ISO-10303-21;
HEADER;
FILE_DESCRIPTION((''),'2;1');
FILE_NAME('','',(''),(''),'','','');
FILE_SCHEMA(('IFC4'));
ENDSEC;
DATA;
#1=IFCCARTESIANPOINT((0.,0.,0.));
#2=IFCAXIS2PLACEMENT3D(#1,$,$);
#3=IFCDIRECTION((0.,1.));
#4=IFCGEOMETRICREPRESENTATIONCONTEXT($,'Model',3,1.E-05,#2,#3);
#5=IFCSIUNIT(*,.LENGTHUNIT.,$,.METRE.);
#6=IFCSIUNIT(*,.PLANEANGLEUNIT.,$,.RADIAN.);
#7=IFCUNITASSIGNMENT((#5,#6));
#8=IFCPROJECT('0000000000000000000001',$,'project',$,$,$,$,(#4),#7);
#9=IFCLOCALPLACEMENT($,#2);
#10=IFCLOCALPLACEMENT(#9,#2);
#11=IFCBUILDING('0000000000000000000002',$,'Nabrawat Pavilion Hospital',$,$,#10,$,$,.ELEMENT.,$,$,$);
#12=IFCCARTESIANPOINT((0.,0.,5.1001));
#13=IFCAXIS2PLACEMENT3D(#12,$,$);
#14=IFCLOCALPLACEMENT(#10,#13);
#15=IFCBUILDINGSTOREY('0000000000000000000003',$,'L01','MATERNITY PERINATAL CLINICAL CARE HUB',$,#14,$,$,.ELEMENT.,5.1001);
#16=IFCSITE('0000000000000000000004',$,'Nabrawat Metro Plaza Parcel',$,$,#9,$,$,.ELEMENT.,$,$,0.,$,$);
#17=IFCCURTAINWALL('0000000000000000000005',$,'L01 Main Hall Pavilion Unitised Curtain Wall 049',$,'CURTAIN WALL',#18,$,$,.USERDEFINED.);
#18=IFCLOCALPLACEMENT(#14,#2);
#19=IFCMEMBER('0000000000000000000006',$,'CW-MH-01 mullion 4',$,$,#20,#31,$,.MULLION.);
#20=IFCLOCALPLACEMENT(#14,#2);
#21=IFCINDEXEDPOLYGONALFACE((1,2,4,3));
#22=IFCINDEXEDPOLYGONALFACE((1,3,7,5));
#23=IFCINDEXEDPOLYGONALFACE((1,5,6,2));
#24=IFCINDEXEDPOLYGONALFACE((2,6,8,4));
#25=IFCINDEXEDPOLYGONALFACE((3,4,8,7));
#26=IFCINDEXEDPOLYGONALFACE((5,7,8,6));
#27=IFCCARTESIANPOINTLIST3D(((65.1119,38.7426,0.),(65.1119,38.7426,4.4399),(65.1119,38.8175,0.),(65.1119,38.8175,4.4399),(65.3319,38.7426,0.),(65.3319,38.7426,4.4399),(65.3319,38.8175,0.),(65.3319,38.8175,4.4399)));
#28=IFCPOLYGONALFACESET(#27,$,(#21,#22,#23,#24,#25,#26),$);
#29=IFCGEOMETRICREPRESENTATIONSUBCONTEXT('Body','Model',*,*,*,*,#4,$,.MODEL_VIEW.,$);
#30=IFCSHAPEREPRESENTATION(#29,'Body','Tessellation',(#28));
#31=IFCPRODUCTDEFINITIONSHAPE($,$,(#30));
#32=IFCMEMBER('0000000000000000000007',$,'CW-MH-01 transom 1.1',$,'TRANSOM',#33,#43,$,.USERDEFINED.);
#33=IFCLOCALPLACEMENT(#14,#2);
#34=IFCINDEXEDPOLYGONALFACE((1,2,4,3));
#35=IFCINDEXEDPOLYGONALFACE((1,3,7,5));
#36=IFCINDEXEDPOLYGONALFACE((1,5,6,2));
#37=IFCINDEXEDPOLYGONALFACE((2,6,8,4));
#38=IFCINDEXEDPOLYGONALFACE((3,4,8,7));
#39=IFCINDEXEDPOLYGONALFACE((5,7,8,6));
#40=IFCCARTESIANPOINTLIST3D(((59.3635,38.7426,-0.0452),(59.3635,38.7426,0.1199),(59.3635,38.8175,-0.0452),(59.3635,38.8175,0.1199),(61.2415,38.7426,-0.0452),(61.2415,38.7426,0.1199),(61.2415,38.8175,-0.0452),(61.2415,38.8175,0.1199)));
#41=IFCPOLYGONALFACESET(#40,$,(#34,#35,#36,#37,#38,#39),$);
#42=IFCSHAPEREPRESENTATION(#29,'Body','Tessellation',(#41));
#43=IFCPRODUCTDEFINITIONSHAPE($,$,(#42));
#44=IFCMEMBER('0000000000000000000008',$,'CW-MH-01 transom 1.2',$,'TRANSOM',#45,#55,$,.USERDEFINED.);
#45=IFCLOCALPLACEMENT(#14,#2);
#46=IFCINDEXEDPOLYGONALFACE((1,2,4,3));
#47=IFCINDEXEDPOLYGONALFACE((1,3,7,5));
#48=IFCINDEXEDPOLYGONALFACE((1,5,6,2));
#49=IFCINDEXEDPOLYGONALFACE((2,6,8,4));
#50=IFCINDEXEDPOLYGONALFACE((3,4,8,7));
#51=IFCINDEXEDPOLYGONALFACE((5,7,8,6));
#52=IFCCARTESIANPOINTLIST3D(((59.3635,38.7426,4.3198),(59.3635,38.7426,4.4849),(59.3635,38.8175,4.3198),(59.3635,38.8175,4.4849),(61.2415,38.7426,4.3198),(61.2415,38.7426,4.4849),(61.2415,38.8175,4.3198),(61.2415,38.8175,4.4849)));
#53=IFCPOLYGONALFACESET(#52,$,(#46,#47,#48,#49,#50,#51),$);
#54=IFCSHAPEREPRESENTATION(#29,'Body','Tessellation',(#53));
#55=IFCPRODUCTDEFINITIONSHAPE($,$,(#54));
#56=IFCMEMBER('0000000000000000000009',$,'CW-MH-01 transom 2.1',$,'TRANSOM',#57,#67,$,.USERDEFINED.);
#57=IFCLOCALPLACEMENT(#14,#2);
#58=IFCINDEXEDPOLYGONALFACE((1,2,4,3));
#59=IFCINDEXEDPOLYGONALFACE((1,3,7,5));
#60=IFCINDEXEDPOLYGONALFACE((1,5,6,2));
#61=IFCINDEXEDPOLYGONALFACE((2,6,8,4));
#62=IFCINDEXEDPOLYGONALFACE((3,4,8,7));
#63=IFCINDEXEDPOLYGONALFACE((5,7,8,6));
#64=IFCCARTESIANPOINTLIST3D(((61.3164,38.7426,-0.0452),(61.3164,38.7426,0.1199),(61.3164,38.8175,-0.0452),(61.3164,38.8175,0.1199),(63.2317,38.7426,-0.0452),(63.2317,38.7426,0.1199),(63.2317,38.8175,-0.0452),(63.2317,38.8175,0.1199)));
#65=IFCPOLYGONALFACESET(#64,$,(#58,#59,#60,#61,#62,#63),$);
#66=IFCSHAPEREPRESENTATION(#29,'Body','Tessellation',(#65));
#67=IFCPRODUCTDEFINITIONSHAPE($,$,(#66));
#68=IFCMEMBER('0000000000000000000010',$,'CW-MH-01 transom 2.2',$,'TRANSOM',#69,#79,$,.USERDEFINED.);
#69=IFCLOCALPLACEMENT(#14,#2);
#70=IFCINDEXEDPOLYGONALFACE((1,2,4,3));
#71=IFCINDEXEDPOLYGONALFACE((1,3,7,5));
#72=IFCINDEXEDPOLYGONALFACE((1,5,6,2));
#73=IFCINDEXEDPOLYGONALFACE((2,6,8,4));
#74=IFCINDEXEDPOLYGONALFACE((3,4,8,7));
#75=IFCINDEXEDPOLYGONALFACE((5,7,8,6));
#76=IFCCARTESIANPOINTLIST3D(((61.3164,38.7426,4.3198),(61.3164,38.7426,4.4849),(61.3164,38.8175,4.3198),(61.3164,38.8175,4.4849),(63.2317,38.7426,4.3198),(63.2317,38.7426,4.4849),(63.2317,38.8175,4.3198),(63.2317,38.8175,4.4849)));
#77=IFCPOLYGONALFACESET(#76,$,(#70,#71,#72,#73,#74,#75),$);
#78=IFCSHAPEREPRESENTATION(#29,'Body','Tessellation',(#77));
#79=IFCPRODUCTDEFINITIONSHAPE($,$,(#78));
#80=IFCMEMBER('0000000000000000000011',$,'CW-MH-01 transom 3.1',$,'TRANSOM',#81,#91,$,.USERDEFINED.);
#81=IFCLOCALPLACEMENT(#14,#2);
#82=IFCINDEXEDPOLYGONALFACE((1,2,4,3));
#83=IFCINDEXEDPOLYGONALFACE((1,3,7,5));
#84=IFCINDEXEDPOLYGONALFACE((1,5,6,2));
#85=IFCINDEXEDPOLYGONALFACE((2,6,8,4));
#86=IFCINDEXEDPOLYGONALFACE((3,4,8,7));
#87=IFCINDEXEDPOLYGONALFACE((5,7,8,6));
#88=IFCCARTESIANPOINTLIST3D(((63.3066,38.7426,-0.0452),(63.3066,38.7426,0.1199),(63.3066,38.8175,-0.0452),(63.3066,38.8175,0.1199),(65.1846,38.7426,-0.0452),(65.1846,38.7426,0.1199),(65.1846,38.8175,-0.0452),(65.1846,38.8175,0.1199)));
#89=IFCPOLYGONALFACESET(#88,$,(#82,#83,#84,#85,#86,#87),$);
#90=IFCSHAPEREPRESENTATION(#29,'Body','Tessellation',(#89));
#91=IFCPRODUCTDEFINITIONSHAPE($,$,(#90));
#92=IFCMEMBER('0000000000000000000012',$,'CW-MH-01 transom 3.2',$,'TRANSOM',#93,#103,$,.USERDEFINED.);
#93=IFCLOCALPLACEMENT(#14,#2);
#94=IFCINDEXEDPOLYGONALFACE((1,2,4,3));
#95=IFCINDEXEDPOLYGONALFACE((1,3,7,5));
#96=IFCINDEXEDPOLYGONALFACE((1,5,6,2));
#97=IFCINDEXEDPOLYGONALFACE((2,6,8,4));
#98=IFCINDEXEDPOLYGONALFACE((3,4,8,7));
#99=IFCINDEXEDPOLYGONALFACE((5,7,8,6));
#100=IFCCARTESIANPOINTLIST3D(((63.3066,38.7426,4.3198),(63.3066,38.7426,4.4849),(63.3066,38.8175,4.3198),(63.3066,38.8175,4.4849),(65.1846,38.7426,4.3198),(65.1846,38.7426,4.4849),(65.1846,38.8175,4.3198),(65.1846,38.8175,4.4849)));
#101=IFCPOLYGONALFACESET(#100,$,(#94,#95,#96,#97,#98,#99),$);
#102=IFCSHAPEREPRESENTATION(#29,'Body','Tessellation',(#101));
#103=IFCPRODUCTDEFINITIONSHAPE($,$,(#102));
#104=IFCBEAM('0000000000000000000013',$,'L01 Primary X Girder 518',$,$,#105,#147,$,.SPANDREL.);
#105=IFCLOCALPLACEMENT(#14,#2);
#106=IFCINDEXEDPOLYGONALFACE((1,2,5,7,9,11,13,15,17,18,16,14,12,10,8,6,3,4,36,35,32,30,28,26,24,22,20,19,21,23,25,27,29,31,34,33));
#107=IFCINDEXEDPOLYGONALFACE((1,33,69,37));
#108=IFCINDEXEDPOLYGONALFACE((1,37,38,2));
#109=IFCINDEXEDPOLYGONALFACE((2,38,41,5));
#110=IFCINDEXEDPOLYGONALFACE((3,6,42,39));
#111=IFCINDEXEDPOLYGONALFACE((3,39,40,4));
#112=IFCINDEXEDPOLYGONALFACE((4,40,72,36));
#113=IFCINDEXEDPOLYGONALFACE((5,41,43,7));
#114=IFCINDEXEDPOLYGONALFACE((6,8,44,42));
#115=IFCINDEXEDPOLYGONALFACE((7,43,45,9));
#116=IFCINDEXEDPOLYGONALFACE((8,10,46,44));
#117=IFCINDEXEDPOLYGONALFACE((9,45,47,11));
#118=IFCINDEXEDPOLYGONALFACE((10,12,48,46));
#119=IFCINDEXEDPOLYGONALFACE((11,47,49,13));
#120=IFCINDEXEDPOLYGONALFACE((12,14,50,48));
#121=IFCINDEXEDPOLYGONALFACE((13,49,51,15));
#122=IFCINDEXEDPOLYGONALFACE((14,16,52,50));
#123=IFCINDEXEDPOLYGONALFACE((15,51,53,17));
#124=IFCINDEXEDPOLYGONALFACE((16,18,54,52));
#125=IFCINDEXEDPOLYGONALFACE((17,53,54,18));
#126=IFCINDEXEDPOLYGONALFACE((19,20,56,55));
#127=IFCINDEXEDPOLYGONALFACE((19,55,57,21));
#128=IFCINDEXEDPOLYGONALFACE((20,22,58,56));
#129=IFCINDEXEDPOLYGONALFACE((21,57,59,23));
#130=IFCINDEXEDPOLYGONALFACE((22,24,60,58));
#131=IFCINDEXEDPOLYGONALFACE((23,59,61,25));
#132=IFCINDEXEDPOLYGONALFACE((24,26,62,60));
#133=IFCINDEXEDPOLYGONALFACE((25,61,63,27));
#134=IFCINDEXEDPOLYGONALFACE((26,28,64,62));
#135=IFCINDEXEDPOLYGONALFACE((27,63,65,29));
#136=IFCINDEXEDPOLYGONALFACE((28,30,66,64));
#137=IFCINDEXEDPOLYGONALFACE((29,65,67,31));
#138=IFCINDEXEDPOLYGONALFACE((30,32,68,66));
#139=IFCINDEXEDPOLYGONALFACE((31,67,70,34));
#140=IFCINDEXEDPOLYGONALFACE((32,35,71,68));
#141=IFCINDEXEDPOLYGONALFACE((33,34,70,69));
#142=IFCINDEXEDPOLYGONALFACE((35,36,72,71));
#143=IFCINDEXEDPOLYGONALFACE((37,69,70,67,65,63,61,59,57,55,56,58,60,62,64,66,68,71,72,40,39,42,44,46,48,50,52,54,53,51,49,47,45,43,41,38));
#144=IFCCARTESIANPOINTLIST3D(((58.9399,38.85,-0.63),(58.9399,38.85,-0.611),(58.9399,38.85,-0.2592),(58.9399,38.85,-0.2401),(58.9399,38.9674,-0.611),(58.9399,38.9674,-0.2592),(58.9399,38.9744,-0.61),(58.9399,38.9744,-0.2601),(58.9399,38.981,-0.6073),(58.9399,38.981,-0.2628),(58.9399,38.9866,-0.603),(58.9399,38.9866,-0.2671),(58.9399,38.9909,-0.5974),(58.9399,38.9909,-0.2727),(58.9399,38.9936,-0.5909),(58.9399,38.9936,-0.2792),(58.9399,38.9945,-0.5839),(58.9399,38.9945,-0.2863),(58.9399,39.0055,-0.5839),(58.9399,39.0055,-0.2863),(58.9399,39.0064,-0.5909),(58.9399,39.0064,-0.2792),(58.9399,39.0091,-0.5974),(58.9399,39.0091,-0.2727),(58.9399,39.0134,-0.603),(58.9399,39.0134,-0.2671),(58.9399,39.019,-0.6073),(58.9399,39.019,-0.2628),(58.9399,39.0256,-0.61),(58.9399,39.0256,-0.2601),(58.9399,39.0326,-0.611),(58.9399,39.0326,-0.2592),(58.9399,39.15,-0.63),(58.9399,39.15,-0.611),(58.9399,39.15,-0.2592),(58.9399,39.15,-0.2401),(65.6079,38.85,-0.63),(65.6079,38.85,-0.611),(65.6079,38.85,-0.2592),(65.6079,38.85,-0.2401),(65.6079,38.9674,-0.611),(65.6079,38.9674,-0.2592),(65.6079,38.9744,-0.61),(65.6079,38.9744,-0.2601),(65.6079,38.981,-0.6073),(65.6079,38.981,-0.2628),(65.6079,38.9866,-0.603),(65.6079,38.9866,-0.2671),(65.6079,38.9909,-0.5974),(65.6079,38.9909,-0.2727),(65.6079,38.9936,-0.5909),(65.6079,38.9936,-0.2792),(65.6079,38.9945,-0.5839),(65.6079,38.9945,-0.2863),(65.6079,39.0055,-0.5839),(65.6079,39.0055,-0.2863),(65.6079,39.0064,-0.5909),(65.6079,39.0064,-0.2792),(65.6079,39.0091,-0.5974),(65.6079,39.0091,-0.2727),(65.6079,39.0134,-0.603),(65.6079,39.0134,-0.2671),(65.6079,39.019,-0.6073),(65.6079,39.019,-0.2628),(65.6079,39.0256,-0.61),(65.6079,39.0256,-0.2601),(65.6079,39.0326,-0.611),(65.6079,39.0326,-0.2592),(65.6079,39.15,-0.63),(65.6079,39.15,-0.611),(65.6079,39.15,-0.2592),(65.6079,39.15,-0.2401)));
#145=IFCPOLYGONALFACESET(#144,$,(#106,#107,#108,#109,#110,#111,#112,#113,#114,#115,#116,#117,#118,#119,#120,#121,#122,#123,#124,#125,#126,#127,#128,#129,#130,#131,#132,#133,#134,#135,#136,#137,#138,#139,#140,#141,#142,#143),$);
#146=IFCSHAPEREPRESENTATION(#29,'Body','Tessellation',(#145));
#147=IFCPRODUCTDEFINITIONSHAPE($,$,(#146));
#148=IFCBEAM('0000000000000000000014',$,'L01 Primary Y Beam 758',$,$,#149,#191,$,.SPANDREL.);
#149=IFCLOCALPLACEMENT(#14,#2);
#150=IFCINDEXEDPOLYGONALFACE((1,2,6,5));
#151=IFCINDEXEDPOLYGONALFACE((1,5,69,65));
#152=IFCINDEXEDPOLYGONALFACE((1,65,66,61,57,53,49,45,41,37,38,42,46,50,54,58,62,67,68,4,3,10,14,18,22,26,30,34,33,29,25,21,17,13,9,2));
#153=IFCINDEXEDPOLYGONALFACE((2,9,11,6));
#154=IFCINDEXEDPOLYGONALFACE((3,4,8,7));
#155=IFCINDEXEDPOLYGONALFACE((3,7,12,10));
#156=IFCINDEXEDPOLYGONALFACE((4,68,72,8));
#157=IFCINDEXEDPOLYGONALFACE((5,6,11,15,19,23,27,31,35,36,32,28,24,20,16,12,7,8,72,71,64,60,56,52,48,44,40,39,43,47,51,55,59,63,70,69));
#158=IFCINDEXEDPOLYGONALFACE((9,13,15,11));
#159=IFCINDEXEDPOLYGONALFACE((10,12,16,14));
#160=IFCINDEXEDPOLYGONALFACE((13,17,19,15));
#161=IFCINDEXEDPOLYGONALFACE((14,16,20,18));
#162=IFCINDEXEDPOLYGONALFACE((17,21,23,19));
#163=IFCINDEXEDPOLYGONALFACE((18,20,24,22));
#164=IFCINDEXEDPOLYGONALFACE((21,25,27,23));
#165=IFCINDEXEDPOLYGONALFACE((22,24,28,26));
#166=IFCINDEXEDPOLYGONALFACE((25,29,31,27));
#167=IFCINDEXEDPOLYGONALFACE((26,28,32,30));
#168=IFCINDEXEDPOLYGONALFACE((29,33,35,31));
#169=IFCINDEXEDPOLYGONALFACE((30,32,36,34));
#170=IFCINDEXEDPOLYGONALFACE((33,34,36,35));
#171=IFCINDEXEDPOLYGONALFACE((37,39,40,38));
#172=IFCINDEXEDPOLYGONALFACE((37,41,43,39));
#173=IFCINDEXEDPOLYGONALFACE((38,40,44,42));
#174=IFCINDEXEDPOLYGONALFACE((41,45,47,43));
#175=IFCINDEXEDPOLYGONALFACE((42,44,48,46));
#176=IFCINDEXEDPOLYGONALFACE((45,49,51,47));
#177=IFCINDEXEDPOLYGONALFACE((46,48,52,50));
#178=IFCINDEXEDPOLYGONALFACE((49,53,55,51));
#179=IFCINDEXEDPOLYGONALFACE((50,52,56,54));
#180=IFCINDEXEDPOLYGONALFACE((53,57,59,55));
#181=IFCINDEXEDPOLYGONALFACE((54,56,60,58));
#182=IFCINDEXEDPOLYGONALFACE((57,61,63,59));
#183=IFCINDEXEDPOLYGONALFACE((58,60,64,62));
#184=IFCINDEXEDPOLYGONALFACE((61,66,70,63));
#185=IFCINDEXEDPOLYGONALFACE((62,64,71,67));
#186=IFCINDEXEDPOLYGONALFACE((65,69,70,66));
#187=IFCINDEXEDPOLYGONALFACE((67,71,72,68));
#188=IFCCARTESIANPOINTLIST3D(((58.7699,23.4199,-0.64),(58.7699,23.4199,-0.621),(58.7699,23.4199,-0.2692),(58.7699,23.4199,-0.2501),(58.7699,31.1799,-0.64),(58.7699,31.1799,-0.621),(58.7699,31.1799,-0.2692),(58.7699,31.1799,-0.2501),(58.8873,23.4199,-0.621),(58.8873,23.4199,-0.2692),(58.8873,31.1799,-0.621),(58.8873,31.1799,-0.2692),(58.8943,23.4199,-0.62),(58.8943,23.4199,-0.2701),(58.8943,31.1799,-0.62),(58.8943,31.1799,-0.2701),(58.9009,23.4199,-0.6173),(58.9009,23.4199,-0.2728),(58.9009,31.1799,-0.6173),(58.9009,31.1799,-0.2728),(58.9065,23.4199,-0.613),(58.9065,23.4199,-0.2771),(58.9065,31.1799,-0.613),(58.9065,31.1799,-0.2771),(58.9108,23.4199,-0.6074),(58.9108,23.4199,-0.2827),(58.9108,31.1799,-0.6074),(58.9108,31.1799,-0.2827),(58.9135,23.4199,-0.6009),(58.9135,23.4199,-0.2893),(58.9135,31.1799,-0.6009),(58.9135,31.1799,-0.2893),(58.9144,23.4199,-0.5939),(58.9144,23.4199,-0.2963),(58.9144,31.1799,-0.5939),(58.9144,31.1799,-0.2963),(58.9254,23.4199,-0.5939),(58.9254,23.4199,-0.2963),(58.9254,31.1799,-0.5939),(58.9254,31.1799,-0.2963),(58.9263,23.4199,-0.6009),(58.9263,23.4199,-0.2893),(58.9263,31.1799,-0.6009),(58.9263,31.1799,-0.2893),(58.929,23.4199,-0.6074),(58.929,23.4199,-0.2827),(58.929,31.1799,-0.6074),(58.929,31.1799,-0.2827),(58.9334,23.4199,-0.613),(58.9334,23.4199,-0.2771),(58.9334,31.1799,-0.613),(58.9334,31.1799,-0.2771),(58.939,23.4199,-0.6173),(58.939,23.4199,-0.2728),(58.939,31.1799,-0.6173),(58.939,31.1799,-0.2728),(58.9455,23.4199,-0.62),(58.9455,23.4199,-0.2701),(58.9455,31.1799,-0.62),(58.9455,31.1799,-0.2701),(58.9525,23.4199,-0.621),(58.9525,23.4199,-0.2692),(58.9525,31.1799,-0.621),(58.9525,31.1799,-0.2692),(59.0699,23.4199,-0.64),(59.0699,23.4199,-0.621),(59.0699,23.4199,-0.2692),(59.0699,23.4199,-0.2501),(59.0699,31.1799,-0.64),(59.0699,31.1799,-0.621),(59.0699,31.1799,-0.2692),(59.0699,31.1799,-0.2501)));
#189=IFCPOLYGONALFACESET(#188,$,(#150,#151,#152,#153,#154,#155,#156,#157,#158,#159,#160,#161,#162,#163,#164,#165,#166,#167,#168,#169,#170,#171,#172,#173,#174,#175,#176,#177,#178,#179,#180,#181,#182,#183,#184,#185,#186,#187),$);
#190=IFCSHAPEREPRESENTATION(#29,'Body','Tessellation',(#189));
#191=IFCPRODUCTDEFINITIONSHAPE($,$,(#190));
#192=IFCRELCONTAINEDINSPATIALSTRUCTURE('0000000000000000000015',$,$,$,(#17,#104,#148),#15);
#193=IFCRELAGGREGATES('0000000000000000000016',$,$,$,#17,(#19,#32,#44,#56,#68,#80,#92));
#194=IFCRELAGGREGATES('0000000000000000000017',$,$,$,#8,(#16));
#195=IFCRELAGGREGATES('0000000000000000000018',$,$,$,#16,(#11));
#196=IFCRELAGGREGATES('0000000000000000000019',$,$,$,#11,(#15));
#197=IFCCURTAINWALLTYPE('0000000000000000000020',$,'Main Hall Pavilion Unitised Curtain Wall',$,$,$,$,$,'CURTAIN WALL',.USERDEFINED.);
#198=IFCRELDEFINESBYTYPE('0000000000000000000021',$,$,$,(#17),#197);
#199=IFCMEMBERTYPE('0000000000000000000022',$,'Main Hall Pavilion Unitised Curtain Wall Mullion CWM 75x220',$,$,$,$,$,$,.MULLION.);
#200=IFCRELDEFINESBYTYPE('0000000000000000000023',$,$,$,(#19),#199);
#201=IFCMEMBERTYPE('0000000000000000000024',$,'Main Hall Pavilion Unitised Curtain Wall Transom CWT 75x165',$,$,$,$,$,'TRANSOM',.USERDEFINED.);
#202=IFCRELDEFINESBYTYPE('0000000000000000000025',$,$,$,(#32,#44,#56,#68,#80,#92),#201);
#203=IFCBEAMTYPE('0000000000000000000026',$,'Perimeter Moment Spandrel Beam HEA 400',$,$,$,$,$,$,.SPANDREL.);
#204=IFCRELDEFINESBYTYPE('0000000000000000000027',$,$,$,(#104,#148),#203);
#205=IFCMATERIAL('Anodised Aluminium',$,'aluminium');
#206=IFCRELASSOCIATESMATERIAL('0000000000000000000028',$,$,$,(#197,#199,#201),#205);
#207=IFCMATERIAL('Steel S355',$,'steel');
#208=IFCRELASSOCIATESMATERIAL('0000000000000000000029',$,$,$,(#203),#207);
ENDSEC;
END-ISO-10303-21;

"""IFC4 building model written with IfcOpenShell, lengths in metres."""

from ifc_helpers import new_model, si_unit, direction, frame, origin, origin_2d, place, context, subcontext, project, spatial, rectangle, i_section, extrude, material, material_profile, profile_set, type_object, element, aggregate, save


model = new_model("IFC4")

# Units and contexts
model_context = context("Model", 3, precision=1e-05, world=origin(), true_north=direction((0.0, 1.0)))
body_context = subcontext(model_context, "Body", "Model", "MODEL_VIEW")
ifc_project = project(units=[si_unit("LENGTHUNIT", "METRE"), si_unit("PLANEANGLEUNIT", "RADIAN")], contexts=[model_context])

# Site, building, storey
site_placement = place(None, origin())
site = spatial("IfcSite", under=ifc_project, at=site_placement, Name="Nabrawat Metro Plaza Parcel", CompositionType="ELEMENT", RefElevation=0.0)
building_placement = place(site_placement, origin())
building = spatial("IfcBuilding", under=site, at=building_placement, Name="Nabrawat Pavilion Hospital", CompositionType="ELEMENT")
storey_placement = place(building_placement, frame((0.0, 0.0, 5.1001)))
storey = spatial("IfcBuildingStorey", under=building, at=storey_placement, Name="L01", Description="MATERNITY PERINATAL CLINICAL CARE HUB", CompositionType="ELEMENT", Elevation=5.1001)

# Shared definitions
ifc_material_1 = material(Name="Steel S355", Category="steel")

# Curtain wall, members
ifc_material_2 = material(Name="Anodised Aluminium", Category="aluminium")
curtain_wall_type_1 = type_object("IfcCurtainWallType", Name="Main Hall Pavilion Unitised Curtain Wall", ElementType="CURTAIN WALL", PredefinedType="USERDEFINED", material=ifc_material_2)
curtain_wall_1_placement = place(storey_placement, origin())
curtain_wall_1 = element("IfcCurtainWall", 1, at=curtain_wall_1_placement, inside=storey, type_object=curtain_wall_type_1, Name="L01 Main Hall Pavilion Unitised Curtain Wall 049", ObjectType="CURTAIN WALL", PredefinedType="USERDEFINED")
ifc_material_profile_1 = material_profile(ifc_material_2, rectangle(XDim=0.075, YDim=0.22, at=origin_2d()), Name="CWM 75x220")
ifc_profile_set_1 = profile_set([ifc_material_profile_1], Name="Anodised Aluminium")
member_type_1 = type_object("IfcMemberType", Name="Main Hall Pavilion Unitised Curtain Wall Mullion CWM 75x220", PredefinedType="MULLION", material=ifc_profile_set_1)
member_1_placement = place(storey_placement, frame((65.2219, 38.78, 0.0), z_axis=(0.0, 0.0, 1.0), x_axis=(0.0, 1.0, 0.0)))
member_1 = element("IfcMember", 2, at=member_1_placement, type_object=member_type_1, Name="CW-MH-01 mullion 4", PredefinedType="MULLION", context=body_context, shape_type="SweptSolid", body=[
    extrude(rectangle(XDim=0.075, YDim=0.22, at=origin_2d()), origin(), (0.0, 0.0, 1.0), 4.4399),
])
ifc_material_profile_2 = material_profile(ifc_material_2, rectangle(XDim=0.075, YDim=0.165, at=origin_2d()), Name="CWT 75x165")
ifc_profile_set_2 = profile_set([ifc_material_profile_2], Name="Anodised Aluminium")
member_type_2 = type_object("IfcMemberType", Name="Main Hall Pavilion Unitised Curtain Wall Transom CWT 75x165", ElementType="TRANSOM", PredefinedType="USERDEFINED", material=ifc_profile_set_2)
member_2_placement = place(storey_placement, frame((59.3635, 38.78, 0.0374), z_axis=(1.0, 0.0, 0.0), x_axis=(0.0, 1.0, 0.0)))
member_2 = element("IfcMember", 3, at=member_2_placement, type_object=member_type_2, Name="CW-MH-01 transom 1.1", ObjectType="TRANSOM", PredefinedType="USERDEFINED", context=body_context, shape_type="SweptSolid", body=[
    extrude(rectangle(XDim=0.075, YDim=0.165, at=origin_2d()), origin(), (0.0, 0.0, 1.0), 1.8779),
])
member_3_placement = place(storey_placement, frame((59.3635, 38.78, 4.4023), z_axis=(1.0, 0.0, 0.0), x_axis=(0.0, 1.0, 0.0)))
member_3 = element("IfcMember", 4, at=member_3_placement, type_object=member_type_2, Name="CW-MH-01 transom 1.2", ObjectType="TRANSOM", PredefinedType="USERDEFINED", context=body_context, shape_type="SweptSolid", body=[
    extrude(rectangle(XDim=0.075, YDim=0.165, at=origin_2d()), origin(), (0.0, 0.0, 1.0), 1.8779),
])
member_4_placement = place(storey_placement, frame((61.3164, 38.78, 0.0374), z_axis=(1.0, 0.0, 0.0), x_axis=(0.0, 1.0, 0.0)))
member_4 = element("IfcMember", 5, at=member_4_placement, type_object=member_type_2, Name="CW-MH-01 transom 2.1", ObjectType="TRANSOM", PredefinedType="USERDEFINED", context=body_context, shape_type="SweptSolid", body=[
    extrude(rectangle(XDim=0.075, YDim=0.165, at=origin_2d()), origin(), (0.0, 0.0, 1.0), 1.9153),
])
member_5_placement = place(storey_placement, frame((61.3164, 38.78, 4.4023), z_axis=(1.0, 0.0, 0.0), x_axis=(0.0, 1.0, 0.0)))
member_5 = element("IfcMember", 6, at=member_5_placement, type_object=member_type_2, Name="CW-MH-01 transom 2.2", ObjectType="TRANSOM", PredefinedType="USERDEFINED", context=body_context, shape_type="SweptSolid", body=[
    extrude(rectangle(XDim=0.075, YDim=0.165, at=origin_2d()), origin(), (0.0, 0.0, 1.0), 1.9153),
])
member_6_placement = place(storey_placement, frame((63.3066, 38.78, 0.0374), z_axis=(1.0, 0.0, 0.0), x_axis=(0.0, 1.0, 0.0)))
member_6 = element("IfcMember", 7, at=member_6_placement, type_object=member_type_2, Name="CW-MH-01 transom 3.1", ObjectType="TRANSOM", PredefinedType="USERDEFINED", context=body_context, shape_type="SweptSolid", body=[
    extrude(rectangle(XDim=0.075, YDim=0.165, at=origin_2d()), origin(), (0.0, 0.0, 1.0), 1.8779),
])
member_7_placement = place(storey_placement, frame((63.3066, 38.78, 4.4023), z_axis=(1.0, 0.0, 0.0), x_axis=(0.0, 1.0, 0.0)))
member_7 = element("IfcMember", 8, at=member_7_placement, type_object=member_type_2, Name="CW-MH-01 transom 3.2", ObjectType="TRANSOM", PredefinedType="USERDEFINED", context=body_context, shape_type="SweptSolid", body=[
    extrude(rectangle(XDim=0.075, YDim=0.165, at=origin_2d()), origin(), (0.0, 0.0, 1.0), 1.8779),
])

# Beams
ifc_material_profile_3 = material_profile(ifc_material_1, i_section(OverallWidth=0.3, OverallDepth=0.3899, WebThickness=0.011, FlangeThickness=0.019, FilletRadius=0.0271, at=origin_2d()), Name="HEA 400")
ifc_profile_set_3 = profile_set([ifc_material_profile_3], Name="Steel S355")
beam_type_1 = type_object("IfcBeamType", Name="Perimeter Moment Spandrel Beam HEA 400", PredefinedType="SPANDREL", material=ifc_profile_set_3)
beam_1_placement = place(storey_placement, frame((58.9399, 39.0, -0.4351), z_axis=(1.0, 0.0, 0.0), x_axis=(0.0, 1.0, 0.0)))
element("IfcBeam", 9, at=beam_1_placement, inside=storey, type_object=beam_type_1, Name="L01 Primary X Girder 518", PredefinedType="SPANDREL", context=body_context, shape_type="SweptSolid", body=[
    extrude(i_section(OverallWidth=0.3, OverallDepth=0.3899, WebThickness=0.011, FlangeThickness=0.019, FilletRadius=0.0271, at=origin_2d()), origin(), (0.0, 0.0, 1.0), 6.668),
])
for number, where, z_axis, x_axis, name in (
    (10, (58.9199, 23.4199, -0.4451), (0.0, 1.0, 0.0), (-1.0, 0.0, 0.0), "L01 Primary Y Beam 758"),
):
    element("IfcBeam", number, at=place(storey_placement, frame(where, z_axis=z_axis, x_axis=x_axis)), inside=storey, type_object=beam_type_1, Name=name, PredefinedType="SPANDREL", context=body_context, shape_type="SweptSolid", body=[
        extrude(i_section(OverallWidth=0.3, OverallDepth=0.3899, WebThickness=0.011, FlangeThickness=0.019, FilletRadius=0.0271, at=origin_2d()), origin(), (0.0, 0.0, 1.0), 7.76),
    ])

aggregate(curtain_wall_1, [member_1, member_2, member_3, member_4, member_5, member_6, member_7])

save(model, "model.ifc")
